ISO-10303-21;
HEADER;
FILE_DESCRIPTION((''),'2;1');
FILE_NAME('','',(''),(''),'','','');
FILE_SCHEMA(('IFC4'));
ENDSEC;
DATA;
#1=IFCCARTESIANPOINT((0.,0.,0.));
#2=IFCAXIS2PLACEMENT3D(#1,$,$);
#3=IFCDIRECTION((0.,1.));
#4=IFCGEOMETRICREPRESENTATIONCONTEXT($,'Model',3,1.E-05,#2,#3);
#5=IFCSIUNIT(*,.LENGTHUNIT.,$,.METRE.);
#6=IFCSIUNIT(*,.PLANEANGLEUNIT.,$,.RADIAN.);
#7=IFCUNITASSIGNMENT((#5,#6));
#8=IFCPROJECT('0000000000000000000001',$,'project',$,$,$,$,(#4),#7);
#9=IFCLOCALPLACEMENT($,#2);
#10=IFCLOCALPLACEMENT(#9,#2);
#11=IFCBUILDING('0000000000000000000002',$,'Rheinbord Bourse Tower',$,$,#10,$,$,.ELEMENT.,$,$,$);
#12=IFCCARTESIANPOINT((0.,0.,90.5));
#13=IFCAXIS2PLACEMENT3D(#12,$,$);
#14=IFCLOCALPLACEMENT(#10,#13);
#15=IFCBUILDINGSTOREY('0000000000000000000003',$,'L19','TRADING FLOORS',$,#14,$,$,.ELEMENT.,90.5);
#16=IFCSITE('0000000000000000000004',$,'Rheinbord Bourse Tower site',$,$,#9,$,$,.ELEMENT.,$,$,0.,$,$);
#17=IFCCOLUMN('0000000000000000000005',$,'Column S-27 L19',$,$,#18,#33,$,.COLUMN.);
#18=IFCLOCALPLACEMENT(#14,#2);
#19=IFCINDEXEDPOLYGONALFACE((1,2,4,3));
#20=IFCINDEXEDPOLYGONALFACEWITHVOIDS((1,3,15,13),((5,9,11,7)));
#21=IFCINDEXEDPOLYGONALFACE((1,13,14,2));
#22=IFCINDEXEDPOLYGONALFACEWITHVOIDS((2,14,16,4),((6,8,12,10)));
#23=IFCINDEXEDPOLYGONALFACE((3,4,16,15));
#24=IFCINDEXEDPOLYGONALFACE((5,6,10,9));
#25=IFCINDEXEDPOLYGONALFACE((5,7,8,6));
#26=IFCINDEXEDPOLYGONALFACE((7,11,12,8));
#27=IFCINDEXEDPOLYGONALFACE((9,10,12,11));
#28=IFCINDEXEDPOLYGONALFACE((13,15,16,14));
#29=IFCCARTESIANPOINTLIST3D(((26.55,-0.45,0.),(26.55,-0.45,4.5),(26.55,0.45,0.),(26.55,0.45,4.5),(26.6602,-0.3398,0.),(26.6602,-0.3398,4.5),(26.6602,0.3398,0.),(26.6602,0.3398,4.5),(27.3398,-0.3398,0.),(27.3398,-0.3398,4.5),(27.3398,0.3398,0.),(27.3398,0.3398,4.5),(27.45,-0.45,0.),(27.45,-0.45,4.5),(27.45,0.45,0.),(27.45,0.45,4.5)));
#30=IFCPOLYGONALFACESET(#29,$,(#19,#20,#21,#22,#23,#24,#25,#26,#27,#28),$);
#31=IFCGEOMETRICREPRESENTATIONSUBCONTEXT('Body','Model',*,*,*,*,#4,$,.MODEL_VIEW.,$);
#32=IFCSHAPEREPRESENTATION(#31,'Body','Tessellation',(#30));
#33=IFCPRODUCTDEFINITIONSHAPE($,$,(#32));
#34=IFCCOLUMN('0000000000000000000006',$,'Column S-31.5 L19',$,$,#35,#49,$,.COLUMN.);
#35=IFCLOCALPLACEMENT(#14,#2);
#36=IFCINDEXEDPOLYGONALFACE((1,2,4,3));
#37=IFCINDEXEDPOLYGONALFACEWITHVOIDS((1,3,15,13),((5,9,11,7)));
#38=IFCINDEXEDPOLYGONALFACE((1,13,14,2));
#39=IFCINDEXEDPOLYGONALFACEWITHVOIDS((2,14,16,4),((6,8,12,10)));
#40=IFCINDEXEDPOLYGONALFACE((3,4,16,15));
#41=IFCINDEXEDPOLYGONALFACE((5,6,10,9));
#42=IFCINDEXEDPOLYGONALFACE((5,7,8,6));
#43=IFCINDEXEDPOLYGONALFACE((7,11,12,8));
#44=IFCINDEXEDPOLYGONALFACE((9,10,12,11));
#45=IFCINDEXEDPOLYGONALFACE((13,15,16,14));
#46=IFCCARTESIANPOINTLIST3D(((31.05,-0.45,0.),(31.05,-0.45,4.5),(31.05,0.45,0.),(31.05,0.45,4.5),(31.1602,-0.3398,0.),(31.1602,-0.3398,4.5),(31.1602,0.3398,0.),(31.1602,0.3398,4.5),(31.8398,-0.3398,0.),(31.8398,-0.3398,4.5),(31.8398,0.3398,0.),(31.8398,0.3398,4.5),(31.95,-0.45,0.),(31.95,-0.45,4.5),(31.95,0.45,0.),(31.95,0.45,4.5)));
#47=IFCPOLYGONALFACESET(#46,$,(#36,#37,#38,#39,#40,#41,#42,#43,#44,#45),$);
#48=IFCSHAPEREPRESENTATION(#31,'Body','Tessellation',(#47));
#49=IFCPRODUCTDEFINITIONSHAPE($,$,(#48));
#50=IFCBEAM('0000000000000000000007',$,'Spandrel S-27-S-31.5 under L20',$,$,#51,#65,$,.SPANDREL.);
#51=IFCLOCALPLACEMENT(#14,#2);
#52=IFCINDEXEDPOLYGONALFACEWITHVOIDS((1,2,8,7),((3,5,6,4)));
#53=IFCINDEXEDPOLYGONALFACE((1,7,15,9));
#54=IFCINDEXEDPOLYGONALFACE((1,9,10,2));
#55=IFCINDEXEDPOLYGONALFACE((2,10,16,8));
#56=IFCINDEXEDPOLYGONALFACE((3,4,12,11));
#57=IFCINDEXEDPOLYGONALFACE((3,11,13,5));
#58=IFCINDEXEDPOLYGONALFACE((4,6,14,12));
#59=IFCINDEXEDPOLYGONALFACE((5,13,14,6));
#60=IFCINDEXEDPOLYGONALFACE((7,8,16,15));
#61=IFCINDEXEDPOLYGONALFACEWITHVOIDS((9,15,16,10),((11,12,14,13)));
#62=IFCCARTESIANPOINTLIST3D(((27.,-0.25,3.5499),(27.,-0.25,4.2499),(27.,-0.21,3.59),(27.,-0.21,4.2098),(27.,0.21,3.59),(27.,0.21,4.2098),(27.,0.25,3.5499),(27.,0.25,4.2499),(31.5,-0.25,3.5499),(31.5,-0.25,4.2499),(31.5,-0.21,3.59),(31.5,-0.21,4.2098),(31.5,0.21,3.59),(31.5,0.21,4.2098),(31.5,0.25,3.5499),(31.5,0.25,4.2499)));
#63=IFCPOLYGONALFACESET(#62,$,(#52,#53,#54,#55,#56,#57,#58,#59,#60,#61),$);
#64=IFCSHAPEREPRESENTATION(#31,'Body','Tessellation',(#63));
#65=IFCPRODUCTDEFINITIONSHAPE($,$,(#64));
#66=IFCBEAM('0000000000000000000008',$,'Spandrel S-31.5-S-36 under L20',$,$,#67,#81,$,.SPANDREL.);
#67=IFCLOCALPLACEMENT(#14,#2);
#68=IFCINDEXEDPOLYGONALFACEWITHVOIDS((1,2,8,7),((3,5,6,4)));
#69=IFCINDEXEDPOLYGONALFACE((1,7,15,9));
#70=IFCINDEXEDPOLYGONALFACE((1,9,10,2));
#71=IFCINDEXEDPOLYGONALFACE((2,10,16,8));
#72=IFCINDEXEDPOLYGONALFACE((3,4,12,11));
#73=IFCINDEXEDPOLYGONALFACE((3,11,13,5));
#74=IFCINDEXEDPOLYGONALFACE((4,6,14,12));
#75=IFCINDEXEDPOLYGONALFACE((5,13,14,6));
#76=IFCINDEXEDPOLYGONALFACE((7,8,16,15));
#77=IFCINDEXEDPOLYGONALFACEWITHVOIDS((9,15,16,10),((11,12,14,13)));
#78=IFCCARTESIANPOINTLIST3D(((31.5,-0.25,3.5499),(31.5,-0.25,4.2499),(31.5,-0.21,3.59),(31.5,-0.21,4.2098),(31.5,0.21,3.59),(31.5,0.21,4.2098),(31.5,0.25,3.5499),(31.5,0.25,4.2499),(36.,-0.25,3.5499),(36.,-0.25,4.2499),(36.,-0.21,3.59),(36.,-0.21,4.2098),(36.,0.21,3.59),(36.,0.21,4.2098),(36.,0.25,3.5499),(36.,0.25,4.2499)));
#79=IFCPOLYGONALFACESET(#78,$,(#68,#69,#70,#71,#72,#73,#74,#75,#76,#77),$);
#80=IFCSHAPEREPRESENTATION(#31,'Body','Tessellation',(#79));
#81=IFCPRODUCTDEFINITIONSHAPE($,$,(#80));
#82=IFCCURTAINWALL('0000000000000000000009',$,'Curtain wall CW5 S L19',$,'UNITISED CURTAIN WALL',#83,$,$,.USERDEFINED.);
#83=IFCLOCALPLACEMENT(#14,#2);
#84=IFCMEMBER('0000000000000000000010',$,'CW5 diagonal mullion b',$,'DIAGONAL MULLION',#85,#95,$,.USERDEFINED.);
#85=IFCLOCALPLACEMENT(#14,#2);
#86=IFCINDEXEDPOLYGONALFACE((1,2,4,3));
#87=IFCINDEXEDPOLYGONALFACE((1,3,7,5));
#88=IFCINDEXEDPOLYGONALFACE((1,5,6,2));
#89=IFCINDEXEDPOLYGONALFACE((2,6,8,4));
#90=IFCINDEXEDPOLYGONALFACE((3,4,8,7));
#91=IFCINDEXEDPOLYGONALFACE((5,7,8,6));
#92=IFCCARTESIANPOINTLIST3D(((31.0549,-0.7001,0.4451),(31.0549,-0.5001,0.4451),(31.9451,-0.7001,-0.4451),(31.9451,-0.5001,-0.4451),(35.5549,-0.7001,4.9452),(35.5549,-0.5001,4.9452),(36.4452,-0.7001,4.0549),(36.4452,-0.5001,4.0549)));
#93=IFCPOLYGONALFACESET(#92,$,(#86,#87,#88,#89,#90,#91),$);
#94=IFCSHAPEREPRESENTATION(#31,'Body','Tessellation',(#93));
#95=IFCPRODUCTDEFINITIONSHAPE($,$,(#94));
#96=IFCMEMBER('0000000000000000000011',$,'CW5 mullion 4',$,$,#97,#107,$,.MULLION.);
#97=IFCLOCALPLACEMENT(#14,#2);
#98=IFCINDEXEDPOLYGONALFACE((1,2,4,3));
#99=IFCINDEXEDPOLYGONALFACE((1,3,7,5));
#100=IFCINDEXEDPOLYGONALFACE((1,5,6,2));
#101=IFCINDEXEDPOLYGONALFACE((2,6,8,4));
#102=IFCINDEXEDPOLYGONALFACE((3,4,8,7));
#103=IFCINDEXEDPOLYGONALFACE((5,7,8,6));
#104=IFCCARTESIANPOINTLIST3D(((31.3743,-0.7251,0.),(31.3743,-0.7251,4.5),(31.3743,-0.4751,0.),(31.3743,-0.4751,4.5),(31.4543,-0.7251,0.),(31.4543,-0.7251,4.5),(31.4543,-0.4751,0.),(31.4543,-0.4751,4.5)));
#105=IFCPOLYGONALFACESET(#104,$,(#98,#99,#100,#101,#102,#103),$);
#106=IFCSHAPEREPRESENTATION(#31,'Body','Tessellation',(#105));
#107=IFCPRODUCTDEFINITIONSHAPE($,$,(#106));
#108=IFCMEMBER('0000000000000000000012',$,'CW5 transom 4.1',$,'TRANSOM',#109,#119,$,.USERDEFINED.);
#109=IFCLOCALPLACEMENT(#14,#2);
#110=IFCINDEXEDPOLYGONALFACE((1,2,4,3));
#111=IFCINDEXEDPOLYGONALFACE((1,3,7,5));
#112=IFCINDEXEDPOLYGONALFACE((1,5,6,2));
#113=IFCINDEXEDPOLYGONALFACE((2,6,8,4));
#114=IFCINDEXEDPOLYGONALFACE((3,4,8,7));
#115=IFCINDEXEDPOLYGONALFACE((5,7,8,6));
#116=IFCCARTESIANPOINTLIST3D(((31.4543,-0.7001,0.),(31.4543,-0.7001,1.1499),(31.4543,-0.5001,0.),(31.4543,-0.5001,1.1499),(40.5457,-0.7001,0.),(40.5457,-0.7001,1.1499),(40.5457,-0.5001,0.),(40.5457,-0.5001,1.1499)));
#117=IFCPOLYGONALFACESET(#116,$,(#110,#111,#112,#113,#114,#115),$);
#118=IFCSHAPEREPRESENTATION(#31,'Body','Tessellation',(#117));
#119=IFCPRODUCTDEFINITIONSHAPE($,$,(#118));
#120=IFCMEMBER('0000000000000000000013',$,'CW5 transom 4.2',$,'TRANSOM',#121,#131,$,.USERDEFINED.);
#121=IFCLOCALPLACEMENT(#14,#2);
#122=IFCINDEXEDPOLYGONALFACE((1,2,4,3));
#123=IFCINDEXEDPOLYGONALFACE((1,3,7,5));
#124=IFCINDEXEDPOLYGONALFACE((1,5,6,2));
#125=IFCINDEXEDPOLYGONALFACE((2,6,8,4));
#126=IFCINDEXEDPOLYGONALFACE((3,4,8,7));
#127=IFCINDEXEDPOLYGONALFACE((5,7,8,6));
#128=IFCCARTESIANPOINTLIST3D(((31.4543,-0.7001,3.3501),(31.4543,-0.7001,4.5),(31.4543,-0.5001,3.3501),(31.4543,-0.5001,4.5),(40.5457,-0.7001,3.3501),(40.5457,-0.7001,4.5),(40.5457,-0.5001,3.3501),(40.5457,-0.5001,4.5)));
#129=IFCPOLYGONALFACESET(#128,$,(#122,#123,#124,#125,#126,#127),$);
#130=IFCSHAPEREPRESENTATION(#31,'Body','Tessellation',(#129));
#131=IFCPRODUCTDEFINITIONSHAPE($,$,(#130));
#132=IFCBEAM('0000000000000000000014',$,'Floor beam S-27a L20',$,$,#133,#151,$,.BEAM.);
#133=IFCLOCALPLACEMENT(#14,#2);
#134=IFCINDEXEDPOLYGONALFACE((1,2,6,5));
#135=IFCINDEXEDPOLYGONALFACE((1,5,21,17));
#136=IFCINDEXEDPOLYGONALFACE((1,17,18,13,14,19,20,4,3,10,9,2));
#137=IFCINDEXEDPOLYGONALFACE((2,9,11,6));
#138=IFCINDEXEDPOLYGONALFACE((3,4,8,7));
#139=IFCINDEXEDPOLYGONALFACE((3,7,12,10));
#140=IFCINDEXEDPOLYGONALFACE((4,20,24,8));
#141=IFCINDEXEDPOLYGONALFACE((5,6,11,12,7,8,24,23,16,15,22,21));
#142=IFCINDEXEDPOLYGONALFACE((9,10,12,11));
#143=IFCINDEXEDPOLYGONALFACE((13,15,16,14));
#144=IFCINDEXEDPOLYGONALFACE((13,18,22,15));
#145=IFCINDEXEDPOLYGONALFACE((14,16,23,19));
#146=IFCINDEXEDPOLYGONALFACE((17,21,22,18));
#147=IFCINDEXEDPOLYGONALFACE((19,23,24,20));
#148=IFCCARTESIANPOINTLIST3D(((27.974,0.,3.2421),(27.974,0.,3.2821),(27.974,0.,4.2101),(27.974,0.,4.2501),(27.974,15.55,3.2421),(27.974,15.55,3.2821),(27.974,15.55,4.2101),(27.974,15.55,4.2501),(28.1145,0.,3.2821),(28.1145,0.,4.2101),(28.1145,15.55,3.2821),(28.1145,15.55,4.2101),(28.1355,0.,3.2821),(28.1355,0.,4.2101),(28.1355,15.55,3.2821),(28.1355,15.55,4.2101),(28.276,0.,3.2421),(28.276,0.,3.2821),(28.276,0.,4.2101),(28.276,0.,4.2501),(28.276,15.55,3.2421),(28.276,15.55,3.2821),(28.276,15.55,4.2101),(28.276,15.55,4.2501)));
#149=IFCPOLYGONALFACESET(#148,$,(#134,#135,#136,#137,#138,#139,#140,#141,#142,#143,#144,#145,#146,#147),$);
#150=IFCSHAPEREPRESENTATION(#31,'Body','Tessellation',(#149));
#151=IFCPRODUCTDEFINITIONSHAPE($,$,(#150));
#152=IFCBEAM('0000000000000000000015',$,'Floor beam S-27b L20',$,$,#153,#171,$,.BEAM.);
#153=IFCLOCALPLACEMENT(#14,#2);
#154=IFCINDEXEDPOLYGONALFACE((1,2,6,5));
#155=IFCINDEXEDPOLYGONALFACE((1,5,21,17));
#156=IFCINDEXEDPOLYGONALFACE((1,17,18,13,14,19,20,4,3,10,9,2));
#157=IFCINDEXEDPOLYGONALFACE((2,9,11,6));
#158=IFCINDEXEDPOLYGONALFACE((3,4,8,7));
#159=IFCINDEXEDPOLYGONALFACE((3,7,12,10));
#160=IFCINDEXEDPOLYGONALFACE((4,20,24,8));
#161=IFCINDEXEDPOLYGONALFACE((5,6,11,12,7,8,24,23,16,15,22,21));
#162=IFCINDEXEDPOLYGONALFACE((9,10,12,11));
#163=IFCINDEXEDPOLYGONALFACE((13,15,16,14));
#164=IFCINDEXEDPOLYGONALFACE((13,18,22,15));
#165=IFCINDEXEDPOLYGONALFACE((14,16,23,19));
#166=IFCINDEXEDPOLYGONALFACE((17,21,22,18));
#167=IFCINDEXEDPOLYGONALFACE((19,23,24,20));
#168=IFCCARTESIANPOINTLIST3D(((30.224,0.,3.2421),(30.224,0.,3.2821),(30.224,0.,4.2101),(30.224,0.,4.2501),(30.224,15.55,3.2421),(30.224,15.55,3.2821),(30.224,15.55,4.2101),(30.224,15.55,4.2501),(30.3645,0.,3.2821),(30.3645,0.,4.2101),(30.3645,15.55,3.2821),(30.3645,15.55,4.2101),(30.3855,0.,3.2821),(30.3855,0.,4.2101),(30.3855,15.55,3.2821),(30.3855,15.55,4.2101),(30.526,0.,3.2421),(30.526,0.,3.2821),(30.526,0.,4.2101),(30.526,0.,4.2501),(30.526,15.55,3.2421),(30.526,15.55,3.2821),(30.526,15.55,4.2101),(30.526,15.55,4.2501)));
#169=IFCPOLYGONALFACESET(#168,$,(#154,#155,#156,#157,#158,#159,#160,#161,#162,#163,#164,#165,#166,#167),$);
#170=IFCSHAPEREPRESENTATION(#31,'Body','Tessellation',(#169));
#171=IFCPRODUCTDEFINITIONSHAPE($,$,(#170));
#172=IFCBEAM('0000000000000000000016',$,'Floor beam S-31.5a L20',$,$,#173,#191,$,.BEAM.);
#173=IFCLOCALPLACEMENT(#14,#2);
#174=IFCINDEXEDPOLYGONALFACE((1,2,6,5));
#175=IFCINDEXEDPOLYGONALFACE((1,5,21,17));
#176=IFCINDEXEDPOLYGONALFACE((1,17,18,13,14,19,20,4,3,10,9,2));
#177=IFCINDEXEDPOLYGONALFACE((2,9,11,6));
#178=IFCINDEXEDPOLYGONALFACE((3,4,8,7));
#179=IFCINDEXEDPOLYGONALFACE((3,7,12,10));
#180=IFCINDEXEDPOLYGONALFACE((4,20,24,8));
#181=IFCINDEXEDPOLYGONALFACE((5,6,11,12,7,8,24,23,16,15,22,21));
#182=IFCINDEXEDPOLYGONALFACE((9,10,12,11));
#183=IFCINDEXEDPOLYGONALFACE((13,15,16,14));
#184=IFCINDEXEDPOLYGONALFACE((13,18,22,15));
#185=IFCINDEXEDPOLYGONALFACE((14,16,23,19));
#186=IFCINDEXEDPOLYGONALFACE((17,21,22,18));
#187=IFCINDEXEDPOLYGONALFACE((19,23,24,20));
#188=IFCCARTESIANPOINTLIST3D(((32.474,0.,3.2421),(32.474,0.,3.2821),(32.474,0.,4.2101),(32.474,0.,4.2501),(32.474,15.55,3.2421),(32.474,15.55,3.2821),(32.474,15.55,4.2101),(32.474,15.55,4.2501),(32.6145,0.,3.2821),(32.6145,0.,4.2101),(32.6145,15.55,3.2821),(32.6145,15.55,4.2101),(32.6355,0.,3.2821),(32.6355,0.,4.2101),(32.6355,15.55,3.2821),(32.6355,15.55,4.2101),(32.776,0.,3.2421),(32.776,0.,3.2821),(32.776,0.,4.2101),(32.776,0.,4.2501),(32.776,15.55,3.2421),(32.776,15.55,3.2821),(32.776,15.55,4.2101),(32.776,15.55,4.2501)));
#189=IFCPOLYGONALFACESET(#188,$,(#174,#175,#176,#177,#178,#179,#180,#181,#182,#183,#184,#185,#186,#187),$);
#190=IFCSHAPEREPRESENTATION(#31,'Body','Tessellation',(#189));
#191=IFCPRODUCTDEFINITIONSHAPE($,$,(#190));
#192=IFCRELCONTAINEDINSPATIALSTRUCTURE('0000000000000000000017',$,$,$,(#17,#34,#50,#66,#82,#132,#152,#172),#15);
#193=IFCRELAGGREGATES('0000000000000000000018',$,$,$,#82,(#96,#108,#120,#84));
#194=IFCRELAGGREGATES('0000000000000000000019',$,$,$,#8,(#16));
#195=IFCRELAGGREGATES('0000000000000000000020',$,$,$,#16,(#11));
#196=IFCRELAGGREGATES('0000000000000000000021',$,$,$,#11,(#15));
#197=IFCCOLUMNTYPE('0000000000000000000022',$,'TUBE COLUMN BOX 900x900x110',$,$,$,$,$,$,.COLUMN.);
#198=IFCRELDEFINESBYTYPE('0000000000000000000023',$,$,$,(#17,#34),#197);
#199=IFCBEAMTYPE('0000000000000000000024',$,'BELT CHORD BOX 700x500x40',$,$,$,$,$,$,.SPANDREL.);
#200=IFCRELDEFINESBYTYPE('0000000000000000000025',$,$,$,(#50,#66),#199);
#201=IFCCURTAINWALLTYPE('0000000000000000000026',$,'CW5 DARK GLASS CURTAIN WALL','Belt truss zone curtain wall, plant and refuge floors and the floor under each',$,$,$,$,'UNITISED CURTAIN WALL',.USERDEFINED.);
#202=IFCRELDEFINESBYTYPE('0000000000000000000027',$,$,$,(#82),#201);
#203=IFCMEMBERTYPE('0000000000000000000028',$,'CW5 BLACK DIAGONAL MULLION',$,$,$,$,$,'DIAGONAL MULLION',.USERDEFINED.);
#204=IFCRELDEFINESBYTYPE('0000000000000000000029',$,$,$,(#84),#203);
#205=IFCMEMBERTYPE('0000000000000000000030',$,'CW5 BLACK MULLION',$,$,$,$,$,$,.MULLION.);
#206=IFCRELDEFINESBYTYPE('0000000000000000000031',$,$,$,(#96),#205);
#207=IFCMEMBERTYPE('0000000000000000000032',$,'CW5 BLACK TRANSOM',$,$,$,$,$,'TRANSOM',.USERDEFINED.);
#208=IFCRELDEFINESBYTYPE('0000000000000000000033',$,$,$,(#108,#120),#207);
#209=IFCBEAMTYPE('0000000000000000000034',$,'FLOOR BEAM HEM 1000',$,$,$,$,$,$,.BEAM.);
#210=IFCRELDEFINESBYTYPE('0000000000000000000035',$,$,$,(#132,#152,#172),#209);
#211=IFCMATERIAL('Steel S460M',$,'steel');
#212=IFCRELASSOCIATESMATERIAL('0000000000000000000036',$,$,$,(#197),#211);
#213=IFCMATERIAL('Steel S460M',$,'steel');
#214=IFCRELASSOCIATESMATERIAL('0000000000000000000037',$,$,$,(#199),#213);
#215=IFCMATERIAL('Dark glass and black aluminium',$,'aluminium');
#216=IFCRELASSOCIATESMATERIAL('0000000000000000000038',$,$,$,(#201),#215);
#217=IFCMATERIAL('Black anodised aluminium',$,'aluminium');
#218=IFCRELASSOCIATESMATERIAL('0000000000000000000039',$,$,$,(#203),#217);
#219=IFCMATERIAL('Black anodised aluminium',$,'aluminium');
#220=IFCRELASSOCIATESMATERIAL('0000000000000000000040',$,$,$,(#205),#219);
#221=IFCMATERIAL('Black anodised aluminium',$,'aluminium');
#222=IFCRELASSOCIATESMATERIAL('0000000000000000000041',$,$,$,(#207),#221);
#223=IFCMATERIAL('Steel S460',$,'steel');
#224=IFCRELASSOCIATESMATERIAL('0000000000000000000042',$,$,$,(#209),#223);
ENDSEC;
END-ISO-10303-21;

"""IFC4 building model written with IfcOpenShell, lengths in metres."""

from ifc_helpers import new_model, si_unit, direction, frame, origin, origin_2d, place, context, subcontext, project, spatial, rectangle, hollow_rectangle, i_section, extrude, material, material_profile, profile_set, type_object, element, aggregate, save


model = new_model("IFC4")

# Units and contexts
model_context = context("Model", 3, precision=1e-05, world=origin(), true_north=direction((0.0, 1.0)))
body_context = subcontext(model_context, "Body", "Model", "MODEL_VIEW")
ifc_project = project(units=[si_unit("LENGTHUNIT", "METRE"), si_unit("PLANEANGLEUNIT", "RADIAN")], contexts=[model_context])

# Site, building, storey
site_placement = place(None, origin())
site = spatial("IfcSite", under=ifc_project, at=site_placement, Name="Rheinbord Bourse Tower site", CompositionType="ELEMENT", RefElevation=0.0)
building_placement = place(site_placement, origin())
building = spatial("IfcBuilding", under=site, at=building_placement, Name="Rheinbord Bourse Tower", CompositionType="ELEMENT")
storey_placement = place(building_placement, frame((0.0, 0.0, 90.5)))
storey = spatial("IfcBuildingStorey", under=building, at=storey_placement, Name="L19", Description="TRADING FLOORS", CompositionType="ELEMENT", Elevation=90.5)

# Columns
ifc_material_1 = material(Name="Steel S460M", Category="steel")
ifc_material_profile_1 = material_profile(ifc_material_1, hollow_rectangle(XDim=0.8999, YDim=0.8999, WallThickness=0.1101, at=origin_2d()), Name="BOX 900x900x110")
ifc_profile_set_1 = profile_set([ifc_material_profile_1], Name="Steel S460M")
column_type = type_object("IfcColumnType", Name="TUBE COLUMN BOX 900x900x110", PredefinedType="COLUMN", material=ifc_profile_set_1)
for number, where, z_axis, x_axis, name in (
    (1, (27.0, 0.0, 0.0), (0.0, 0.0, 1.0), (0.0, 1.0, 0.0), "Column S-27 L19"),
    (2, (31.5, 0.0, 0.0), (0.0, 0.0, 1.0), (0.0, 1.0, 0.0), "Column S-31.5 L19"),
):
    element("IfcColumn", number, at=place(storey_placement, frame(where, z_axis=z_axis, x_axis=x_axis)), inside=storey, type_object=column_type, Name=name, PredefinedType="COLUMN", context=body_context, shape_type="SweptSolid", body=[
        extrude(hollow_rectangle(XDim=0.8999, YDim=0.8999, WallThickness=0.1101, at=origin_2d()), origin(), (0.0, 0.0, 1.0), 4.5),
    ])

# Beams
ifc_material_2 = material(Name="Steel S460M", Category="steel")
ifc_material_profile_2 = material_profile(ifc_material_2, hollow_rectangle(XDim=0.5, YDim=0.7, WallThickness=0.04, at=origin_2d()), Name="BOX 700x500x40")
ifc_profile_set_2 = profile_set([ifc_material_profile_2], Name="Steel S460M")
beam_type_1 = type_object("IfcBeamType", Name="BELT CHORD BOX 700x500x40", PredefinedType="SPANDREL", material=ifc_profile_set_2)
for number, where, z_axis, x_axis, name in (
    (3, (27.0, 0.0, 3.8999), (1.0, 0.0, 0.0), (0.0, 1.0, 0.0), "Spandrel S-27-S-31.5 under L20"),
    (4, (31.5, 0.0, 3.8999), (1.0, 0.0, 0.0), (0.0, 1.0, 0.0), "Spandrel S-31.5-S-36 under L20"),
):
    element("IfcBeam", number, at=place(storey_placement, frame(where, z_axis=z_axis, x_axis=x_axis)), inside=storey, type_object=beam_type_1, Name=name, PredefinedType="SPANDREL", context=body_context, shape_type="SweptSolid", body=[
        extrude(hollow_rectangle(XDim=0.5, YDim=0.7, WallThickness=0.04, at=origin_2d()), origin(), (0.0, 0.0, 1.0), 4.5),
    ])

# Curtain wall, members
ifc_material_3 = material(Name="Dark glass and black aluminium", Category="aluminium")
curtain_wall_type = type_object("IfcCurtainWallType", Name="CW5 DARK GLASS CURTAIN WALL", Description="Belt truss zone curtain wall, plant and refuge floors and the floor under each", ElementType="UNITISED CURTAIN WALL", PredefinedType="USERDEFINED", material=ifc_material_3)
curtain_wall_placement = place(storey_placement, origin())
curtain_wall = element("IfcCurtainWall", 5, at=curtain_wall_placement, inside=storey, type_object=curtain_wall_type, Name="Curtain wall CW5 S L19", ObjectType="UNITISED CURTAIN WALL", PredefinedType="USERDEFINED")
ifc_material_4 = material(Name="Black anodised aluminium", Category="aluminium")
ifc_material_profile_3 = material_profile(ifc_material_4, rectangle(XDim=0.2, YDim=1.259, at=origin_2d()), Name="CW5 DIAGONAL MULLION 1259x200")
ifc_profile_set_3 = profile_set([ifc_material_profile_3], Name="Black anodised aluminium")
member_type_1 = type_object("IfcMemberType", Name="CW5 BLACK DIAGONAL MULLION", ElementType="DIAGONAL MULLION", PredefinedType="USERDEFINED", material=ifc_profile_set_3)
member_1_placement = place(storey_placement, frame((31.5, -0.6001, 0.0), z_axis=(0.707107, 0.0, 0.707107), x_axis=(0.0, 1.0, 0.0)))
member_1 = element("IfcMember", 6, at=member_1_placement, type_object=member_type_1, Name="CW5 diagonal mullion b", ObjectType="DIAGONAL MULLION", PredefinedType="USERDEFINED", context=body_context, shape_type="SweptSolid", body=[
    extrude(rectangle(XDim=0.2, YDim=1.259, at=origin_2d()), origin(), (0.0, 0.0, 1.0), 6.364),
])
ifc_material_5 = material(Name="Black anodised aluminium", Category="aluminium")
ifc_material_profile_4 = material_profile(ifc_material_5, rectangle(XDim=0.25, YDim=0.0801, at=origin_2d()), Name="CW5 MULLION 80x250")
ifc_profile_set_4 = profile_set([ifc_material_profile_4], Name="Black anodised aluminium")
member_type_2 = type_object("IfcMemberType", Name="CW5 BLACK MULLION", PredefinedType="MULLION", material=ifc_profile_set_4)
member_2_placement = place(storey_placement, frame((31.4143, -0.6001, 0.0), z_axis=(0.0, 0.0, 1.0), x_axis=(0.0, 1.0, 0.0)))
member_2 = element("IfcMember", 7, at=member_2_placement, type_object=member_type_2, Name="CW5 mullion 4", PredefinedType="MULLION", context=body_context, shape_type="SweptSolid", body=[
    extrude(rectangle(XDim=0.25, YDim=0.0801, at=origin_2d()), origin(), (0.0, 0.0, 1.0), 4.5),
])
ifc_material_6 = material(Name="Black anodised aluminium", Category="aluminium")
ifc_material_profile_5 = material_profile(ifc_material_6, rectangle(XDim=0.2, YDim=1.1499, at=origin_2d()), Name="CW5 TRANSOM 1150x200")
ifc_profile_set_5 = profile_set([ifc_material_profile_5], Name="Black anodised aluminium")
member_type_3 = type_object("IfcMemberType", Name="CW5 BLACK TRANSOM", ElementType="TRANSOM", PredefinedType="USERDEFINED", material=ifc_profile_set_5)
member_3_placement = place(storey_placement, frame((31.4543, -0.6001, 0.575), z_axis=(1.0, 0.0, 0.0), x_axis=(0.0, 1.0, 0.0)))
member_3 = element("IfcMember", 8, at=member_3_placement, type_object=member_type_3, Name="CW5 transom 4.1", ObjectType="TRANSOM", PredefinedType="USERDEFINED", context=body_context, shape_type="SweptSolid", body=[
    extrude(rectangle(XDim=0.2, YDim=1.1499, at=origin_2d()), origin(), (0.0, 0.0, 1.0), 9.0913),
])
member_4_placement = place(storey_placement, frame((31.4543, -0.6001, 3.925), z_axis=(1.0, 0.0, 0.0), x_axis=(0.0, 1.0, 0.0)))
member_4 = element("IfcMember", 9, at=member_4_placement, type_object=member_type_3, Name="CW5 transom 4.2", ObjectType="TRANSOM", PredefinedType="USERDEFINED", context=body_context, shape_type="SweptSolid", body=[
    extrude(rectangle(XDim=0.2, YDim=1.1499, at=origin_2d()), origin(), (0.0, 0.0, 1.0), 9.0913),
])

# Beams
ifc_material_7 = material(Name="Steel S460", Category="steel")
ifc_material_profile_6 = material_profile(ifc_material_7, i_section(OverallWidth=0.302, OverallDepth=1.0081, WebThickness=0.021, FlangeThickness=0.04, at=origin_2d()), Name="HEM 1000")
ifc_profile_set_6 = profile_set([ifc_material_profile_6], Name="Steel S460")
beam_type_2 = type_object("IfcBeamType", Name="FLOOR BEAM HEM 1000", PredefinedType="BEAM", material=ifc_profile_set_6)
for number, where, z_axis, x_axis, name in (
    (10, (28.125, 0.0, 3.7461), (0.0, 1.0, 0.0), (-1.0, 0.0, 0.0), "Floor beam S-27a L20"),
    (11, (30.375, 0.0, 3.7461), (0.0, 1.0, 0.0), (-1.0, 0.0, 0.0), "Floor beam S-27b L20"),
    (12, (32.625, 0.0, 3.7461), (0.0, 1.0, 0.0), (-1.0, 0.0, 0.0), "Floor beam S-31.5a L20"),
):
    element("IfcBeam", number, at=place(storey_placement, frame(where, z_axis=z_axis, x_axis=x_axis)), inside=storey, type_object=beam_type_2, Name=name, PredefinedType="BEAM", context=body_context, shape_type="SweptSolid", body=[
        extrude(i_section(OverallWidth=0.302, OverallDepth=1.0081, WebThickness=0.021, FlangeThickness=0.04, at=origin_2d()), origin(), (0.0, 0.0, 1.0), 15.55),
    ])

aggregate(curtain_wall, [member_2, member_3, member_4, member_1])

save(model, "model.ifc")
